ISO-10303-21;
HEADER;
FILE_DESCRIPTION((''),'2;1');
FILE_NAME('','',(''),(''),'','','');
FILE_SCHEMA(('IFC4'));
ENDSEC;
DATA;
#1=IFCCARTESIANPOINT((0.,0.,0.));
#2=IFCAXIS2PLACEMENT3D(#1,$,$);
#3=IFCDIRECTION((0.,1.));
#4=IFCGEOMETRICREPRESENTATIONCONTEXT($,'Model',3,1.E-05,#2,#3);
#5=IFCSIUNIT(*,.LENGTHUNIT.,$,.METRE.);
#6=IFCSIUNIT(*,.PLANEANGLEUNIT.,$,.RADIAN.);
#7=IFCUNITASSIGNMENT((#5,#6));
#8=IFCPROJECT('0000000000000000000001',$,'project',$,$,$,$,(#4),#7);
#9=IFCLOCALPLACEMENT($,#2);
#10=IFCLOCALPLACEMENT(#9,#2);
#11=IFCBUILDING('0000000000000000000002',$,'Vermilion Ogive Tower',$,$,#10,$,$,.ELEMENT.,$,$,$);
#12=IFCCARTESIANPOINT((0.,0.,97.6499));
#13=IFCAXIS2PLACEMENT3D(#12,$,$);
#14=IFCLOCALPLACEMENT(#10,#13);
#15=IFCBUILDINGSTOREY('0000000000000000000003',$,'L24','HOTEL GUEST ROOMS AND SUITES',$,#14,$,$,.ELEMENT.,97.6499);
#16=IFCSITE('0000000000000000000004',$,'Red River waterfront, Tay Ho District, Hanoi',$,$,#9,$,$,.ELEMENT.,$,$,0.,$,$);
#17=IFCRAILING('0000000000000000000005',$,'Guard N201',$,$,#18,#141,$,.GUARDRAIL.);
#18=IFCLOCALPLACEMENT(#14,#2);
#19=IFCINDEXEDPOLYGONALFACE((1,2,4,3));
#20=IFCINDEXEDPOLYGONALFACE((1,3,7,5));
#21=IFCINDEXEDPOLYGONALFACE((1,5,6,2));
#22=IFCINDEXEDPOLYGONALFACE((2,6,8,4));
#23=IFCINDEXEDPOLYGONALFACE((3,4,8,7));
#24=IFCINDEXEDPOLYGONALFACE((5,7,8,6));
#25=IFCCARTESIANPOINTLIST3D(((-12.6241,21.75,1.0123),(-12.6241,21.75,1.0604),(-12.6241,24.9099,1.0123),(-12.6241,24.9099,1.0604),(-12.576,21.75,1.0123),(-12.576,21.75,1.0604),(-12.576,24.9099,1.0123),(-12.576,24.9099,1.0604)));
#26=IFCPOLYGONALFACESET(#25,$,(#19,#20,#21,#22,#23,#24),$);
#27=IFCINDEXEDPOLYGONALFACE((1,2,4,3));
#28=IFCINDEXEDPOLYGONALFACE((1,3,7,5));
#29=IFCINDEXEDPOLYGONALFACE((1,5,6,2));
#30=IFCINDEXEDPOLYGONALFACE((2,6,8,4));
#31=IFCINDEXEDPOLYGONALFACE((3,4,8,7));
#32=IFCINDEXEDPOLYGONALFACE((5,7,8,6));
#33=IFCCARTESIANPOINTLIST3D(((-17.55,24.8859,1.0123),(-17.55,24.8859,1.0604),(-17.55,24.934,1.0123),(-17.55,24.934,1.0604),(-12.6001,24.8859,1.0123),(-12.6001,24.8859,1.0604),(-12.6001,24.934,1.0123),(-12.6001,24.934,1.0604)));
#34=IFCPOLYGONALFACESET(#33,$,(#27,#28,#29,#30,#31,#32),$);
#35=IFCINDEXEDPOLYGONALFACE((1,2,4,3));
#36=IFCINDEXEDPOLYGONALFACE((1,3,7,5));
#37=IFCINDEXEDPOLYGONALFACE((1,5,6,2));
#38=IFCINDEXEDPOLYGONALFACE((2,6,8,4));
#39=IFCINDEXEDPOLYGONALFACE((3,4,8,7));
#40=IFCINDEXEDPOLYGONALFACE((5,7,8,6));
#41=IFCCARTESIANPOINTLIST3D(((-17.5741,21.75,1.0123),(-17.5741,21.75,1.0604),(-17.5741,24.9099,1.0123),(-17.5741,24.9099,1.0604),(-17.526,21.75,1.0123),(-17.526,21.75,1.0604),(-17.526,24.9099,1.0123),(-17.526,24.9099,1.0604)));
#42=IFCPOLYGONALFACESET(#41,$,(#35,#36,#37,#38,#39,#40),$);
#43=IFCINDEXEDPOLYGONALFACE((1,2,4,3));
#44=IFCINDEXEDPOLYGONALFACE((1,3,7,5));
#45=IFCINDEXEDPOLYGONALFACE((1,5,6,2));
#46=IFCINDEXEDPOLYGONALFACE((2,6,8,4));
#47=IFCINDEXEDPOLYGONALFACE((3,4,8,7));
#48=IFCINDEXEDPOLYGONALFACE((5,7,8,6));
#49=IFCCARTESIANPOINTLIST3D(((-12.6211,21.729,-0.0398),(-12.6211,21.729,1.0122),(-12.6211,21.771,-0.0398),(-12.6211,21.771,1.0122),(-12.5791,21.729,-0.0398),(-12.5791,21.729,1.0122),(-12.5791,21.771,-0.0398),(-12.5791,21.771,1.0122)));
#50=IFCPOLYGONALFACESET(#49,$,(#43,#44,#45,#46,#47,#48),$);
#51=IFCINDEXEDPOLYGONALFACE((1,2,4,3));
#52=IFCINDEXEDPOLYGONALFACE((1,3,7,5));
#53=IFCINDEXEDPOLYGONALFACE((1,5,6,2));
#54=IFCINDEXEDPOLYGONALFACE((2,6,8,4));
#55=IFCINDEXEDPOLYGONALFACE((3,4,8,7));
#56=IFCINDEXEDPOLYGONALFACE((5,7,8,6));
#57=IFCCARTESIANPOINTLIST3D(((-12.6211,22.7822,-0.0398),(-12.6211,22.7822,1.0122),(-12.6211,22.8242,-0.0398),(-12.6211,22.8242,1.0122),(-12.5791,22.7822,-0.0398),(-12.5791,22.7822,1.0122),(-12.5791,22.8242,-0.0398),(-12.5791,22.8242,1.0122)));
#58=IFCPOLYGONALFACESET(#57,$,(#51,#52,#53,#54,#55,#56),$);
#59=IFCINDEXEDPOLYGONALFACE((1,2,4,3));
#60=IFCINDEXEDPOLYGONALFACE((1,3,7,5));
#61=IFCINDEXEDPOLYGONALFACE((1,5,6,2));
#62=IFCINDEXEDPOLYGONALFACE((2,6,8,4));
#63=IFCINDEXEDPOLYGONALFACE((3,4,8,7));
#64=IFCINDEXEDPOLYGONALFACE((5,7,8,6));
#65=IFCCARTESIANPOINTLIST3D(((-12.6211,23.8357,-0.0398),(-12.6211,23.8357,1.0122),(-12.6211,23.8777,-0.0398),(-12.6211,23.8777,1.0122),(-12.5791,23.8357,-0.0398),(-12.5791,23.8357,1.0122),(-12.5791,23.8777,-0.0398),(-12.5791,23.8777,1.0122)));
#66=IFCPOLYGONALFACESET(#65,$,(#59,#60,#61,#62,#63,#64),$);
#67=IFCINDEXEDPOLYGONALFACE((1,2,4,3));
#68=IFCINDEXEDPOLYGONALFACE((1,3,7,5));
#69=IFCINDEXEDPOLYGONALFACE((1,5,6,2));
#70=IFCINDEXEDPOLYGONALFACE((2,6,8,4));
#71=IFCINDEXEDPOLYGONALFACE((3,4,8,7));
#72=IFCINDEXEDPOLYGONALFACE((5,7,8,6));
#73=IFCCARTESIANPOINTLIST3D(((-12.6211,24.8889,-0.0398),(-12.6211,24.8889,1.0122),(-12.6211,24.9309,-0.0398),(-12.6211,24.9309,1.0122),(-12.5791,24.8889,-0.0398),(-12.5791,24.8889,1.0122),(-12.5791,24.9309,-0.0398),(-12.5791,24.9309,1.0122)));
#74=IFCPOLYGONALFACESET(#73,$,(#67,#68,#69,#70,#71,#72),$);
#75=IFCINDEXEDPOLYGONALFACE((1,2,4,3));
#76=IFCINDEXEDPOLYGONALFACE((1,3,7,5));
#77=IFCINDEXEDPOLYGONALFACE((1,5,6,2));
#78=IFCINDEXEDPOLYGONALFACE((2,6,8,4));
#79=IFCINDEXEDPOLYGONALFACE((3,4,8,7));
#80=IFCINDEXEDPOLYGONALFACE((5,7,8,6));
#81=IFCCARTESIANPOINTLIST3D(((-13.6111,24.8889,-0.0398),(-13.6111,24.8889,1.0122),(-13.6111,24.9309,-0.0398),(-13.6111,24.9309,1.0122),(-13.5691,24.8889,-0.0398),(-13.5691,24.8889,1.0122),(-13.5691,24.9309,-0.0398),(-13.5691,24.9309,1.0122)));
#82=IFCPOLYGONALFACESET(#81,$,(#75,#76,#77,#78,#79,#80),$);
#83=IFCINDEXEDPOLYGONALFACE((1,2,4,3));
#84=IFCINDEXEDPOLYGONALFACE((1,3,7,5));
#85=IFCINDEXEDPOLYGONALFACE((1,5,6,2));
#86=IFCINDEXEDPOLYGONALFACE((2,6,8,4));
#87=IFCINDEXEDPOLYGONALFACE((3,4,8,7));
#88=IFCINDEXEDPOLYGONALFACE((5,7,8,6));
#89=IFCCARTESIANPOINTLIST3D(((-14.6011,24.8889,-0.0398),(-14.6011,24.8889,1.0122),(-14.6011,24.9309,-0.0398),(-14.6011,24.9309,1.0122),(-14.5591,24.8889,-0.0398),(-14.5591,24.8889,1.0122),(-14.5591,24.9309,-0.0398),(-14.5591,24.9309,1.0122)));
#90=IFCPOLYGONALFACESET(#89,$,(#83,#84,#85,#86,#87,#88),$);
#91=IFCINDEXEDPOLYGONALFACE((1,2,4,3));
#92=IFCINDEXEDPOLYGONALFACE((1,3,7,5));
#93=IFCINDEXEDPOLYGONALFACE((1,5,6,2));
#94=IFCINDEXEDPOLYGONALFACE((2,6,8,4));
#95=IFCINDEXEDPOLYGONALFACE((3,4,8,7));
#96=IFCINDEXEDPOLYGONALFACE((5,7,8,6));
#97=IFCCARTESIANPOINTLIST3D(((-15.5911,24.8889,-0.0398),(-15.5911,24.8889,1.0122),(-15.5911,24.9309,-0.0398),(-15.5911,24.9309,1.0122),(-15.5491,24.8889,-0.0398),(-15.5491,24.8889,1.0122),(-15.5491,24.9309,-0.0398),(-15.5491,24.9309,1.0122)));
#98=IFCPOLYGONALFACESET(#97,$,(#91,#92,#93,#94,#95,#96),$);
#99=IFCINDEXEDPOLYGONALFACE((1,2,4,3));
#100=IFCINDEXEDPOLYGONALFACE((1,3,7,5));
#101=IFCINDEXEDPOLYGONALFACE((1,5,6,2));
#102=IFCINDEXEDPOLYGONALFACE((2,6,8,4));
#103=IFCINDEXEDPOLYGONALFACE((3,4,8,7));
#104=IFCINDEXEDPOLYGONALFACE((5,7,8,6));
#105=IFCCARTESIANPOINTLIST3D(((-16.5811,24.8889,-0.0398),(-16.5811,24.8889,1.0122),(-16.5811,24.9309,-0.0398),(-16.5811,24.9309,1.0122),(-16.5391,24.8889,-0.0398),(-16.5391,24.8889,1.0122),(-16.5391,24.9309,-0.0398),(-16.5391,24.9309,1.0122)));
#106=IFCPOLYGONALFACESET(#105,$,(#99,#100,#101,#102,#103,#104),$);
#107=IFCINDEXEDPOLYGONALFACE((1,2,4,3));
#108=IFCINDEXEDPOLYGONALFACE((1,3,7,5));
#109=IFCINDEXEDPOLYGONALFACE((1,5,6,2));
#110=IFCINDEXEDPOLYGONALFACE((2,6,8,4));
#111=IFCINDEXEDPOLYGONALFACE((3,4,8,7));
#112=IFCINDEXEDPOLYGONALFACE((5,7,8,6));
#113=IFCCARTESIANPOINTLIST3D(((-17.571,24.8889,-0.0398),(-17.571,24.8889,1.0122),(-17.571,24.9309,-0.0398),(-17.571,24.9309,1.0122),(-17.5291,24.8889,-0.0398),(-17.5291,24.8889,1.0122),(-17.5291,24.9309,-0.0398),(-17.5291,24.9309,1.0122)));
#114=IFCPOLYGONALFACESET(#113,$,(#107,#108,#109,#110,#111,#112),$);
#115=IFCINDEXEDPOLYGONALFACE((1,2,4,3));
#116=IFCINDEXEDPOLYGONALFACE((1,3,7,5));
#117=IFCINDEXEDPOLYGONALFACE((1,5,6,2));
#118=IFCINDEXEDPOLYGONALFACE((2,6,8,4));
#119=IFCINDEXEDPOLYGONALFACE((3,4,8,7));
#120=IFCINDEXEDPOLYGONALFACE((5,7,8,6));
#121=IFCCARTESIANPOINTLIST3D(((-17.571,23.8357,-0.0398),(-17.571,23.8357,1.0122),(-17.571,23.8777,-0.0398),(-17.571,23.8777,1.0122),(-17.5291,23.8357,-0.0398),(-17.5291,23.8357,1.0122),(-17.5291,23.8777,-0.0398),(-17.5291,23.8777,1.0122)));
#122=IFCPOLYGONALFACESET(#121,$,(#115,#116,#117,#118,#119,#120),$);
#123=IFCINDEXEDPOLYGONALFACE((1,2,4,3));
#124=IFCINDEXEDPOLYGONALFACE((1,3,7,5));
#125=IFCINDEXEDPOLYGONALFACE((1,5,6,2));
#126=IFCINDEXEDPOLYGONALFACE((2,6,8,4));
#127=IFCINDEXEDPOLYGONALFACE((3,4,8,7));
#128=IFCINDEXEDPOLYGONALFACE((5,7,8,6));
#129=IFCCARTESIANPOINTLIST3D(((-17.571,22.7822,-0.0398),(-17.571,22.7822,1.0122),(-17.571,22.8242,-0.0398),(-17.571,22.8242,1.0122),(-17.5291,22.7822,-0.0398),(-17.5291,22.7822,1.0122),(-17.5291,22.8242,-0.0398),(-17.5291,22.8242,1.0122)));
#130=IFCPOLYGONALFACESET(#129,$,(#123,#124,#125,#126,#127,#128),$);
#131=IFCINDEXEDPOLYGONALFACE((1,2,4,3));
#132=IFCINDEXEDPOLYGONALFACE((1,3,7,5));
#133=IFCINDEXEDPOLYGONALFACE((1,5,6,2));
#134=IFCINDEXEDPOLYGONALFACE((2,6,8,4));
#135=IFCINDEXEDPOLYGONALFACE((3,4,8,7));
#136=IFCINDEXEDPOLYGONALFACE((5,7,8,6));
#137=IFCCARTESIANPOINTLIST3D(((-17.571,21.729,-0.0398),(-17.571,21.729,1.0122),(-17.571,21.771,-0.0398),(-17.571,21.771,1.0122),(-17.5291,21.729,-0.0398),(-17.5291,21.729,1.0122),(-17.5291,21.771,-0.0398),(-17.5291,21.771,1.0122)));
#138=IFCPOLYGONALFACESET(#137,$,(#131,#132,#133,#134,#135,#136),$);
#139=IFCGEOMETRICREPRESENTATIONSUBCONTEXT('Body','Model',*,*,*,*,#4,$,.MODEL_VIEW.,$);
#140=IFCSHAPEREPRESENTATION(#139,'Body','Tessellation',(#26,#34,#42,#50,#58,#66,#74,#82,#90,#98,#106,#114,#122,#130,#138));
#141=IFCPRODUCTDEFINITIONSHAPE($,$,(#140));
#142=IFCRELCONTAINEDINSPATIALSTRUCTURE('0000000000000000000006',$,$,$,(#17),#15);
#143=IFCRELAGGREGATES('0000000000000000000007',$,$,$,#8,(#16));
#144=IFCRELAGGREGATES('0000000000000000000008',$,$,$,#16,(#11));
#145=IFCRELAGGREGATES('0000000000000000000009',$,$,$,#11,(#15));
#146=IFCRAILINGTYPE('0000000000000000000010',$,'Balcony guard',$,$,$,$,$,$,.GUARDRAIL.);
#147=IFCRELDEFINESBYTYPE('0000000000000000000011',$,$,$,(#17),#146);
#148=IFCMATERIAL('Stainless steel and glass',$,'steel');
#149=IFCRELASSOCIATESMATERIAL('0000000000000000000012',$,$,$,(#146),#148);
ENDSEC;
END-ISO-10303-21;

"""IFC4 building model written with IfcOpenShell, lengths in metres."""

from ifc_helpers import new_model, si_unit, direction, frame, origin, origin_2d, place, context, subcontext, project, spatial, rectangle, extrude, material, type_object, element, save


model = new_model("IFC4")

# Units and contexts
model_context = context("Model", 3, precision=1e-05, world=origin(), true_north=direction((0.0, 1.0)))
body_context = subcontext(model_context, "Body", "Model", "MODEL_VIEW")
ifc_project = project(units=[si_unit("LENGTHUNIT", "METRE"), si_unit("PLANEANGLEUNIT", "RADIAN")], contexts=[model_context])

# Site, building, storey
site_placement = place(None, origin())
site = spatial("IfcSite", under=ifc_project, at=site_placement, Name="Red River waterfront, Tay Ho District, Hanoi", CompositionType="ELEMENT", RefElevation=0.0)
building_placement = place(site_placement, origin())
building = spatial("IfcBuilding", under=site, at=building_placement, Name="Vermilion Ogive Tower", CompositionType="ELEMENT")
storey_placement = place(building_placement, frame((0.0, 0.0, 97.6499)))
storey = spatial("IfcBuildingStorey", under=building, at=storey_placement, Name="L24", Description="HOTEL GUEST ROOMS AND SUITES", CompositionType="ELEMENT", Elevation=97.6499)

# Railing
ifc_material_1 = material(Name="Stainless steel and glass", Category="steel")
railing_type_1 = type_object("IfcRailingType", Name="Balcony guard", PredefinedType="GUARDRAIL", material=ifc_material_1)
railing_1_placement = place(storey_placement, frame((-12.6001, 21.75, -0.0398)))
element("IfcRailing", 1, at=railing_1_placement, inside=storey, type_object=railing_type_1, Name="Guard N201", PredefinedType="GUARDRAIL", context=body_context, shape_type="SweptSolid", body=[
    extrude(rectangle(XDim=0.0481, YDim=0.0481, at=origin_2d()), frame((0.0, 0.0, 1.0762), z_axis=(0.0, 1.0, 0.0), x_axis=(-1.0, 0.0, 0.0)), (0.0, 0.0, 1.0), 3.1599),
    extrude(rectangle(XDim=0.0481, YDim=0.0481, at=origin_2d()), frame((0.0, 3.1599, 1.0762), z_axis=(-1.0, 0.0, 0.0), x_axis=(0.0, -1.0, 0.0)), (0.0, 0.0, 1.0), 4.95),
    extrude(rectangle(XDim=0.0481, YDim=0.0481, at=origin_2d()), frame((-4.95, 3.1599, 1.0762), z_axis=(0.0, -1.0, 0.0), x_axis=(1.0, 0.0, 0.0)), (0.0, 0.0, 1.0), 3.1599),
    extrude(rectangle(XDim=0.042, YDim=0.042, at=origin_2d()), origin(), (0.0, 0.0, 1.0), 1.052),
    extrude(rectangle(XDim=0.042, YDim=0.042, at=origin_2d()), frame((0.0, 1.0532, 0.0)), (0.0, 0.0, 1.0), 1.052),
    extrude(rectangle(XDim=0.042, YDim=0.042, at=origin_2d()), frame((0.0, 2.1067, 0.0)), (0.0, 0.0, 1.0), 1.052),
    extrude(rectangle(XDim=0.042, YDim=0.042, at=origin_2d()), frame((0.0, 3.1599, 0.0)), (0.0, 0.0, 1.0), 1.052),
    extrude(rectangle(XDim=0.042, YDim=0.042, at=origin_2d()), frame((-0.99, 3.1599, 0.0)), (0.0, 0.0, 1.0), 1.052),
    extrude(rectangle(XDim=0.042, YDim=0.042, at=origin_2d()), frame((-1.98, 3.1599, 0.0)), (0.0, 0.0, 1.0), 1.052),
    extrude(rectangle(XDim=0.042, YDim=0.042, at=origin_2d()), frame((-2.97, 3.1599, 0.0)), (0.0, 0.0, 1.0), 1.052),
    extrude(rectangle(XDim=0.042, YDim=0.042, at=origin_2d()), frame((-3.96, 3.1599, 0.0)), (0.0, 0.0, 1.0), 1.052),
    extrude(rectangle(XDim=0.042, YDim=0.042, at=origin_2d()), frame((-4.95, 3.1599, 0.0)), (0.0, 0.0, 1.0), 1.052),
    extrude(rectangle(XDim=0.042, YDim=0.042, at=origin_2d()), frame((-4.95, 2.1067, 0.0)), (0.0, 0.0, 1.0), 1.052),
    extrude(rectangle(XDim=0.042, YDim=0.042, at=origin_2d()), frame((-4.95, 1.0532, 0.0)), (0.0, 0.0, 1.0), 1.052),
    extrude(rectangle(XDim=0.042, YDim=0.042, at=origin_2d()), frame((-4.95, 0.0, 0.0)), (0.0, 0.0, 1.0), 1.052),
])

save(model, "model.ifc")
